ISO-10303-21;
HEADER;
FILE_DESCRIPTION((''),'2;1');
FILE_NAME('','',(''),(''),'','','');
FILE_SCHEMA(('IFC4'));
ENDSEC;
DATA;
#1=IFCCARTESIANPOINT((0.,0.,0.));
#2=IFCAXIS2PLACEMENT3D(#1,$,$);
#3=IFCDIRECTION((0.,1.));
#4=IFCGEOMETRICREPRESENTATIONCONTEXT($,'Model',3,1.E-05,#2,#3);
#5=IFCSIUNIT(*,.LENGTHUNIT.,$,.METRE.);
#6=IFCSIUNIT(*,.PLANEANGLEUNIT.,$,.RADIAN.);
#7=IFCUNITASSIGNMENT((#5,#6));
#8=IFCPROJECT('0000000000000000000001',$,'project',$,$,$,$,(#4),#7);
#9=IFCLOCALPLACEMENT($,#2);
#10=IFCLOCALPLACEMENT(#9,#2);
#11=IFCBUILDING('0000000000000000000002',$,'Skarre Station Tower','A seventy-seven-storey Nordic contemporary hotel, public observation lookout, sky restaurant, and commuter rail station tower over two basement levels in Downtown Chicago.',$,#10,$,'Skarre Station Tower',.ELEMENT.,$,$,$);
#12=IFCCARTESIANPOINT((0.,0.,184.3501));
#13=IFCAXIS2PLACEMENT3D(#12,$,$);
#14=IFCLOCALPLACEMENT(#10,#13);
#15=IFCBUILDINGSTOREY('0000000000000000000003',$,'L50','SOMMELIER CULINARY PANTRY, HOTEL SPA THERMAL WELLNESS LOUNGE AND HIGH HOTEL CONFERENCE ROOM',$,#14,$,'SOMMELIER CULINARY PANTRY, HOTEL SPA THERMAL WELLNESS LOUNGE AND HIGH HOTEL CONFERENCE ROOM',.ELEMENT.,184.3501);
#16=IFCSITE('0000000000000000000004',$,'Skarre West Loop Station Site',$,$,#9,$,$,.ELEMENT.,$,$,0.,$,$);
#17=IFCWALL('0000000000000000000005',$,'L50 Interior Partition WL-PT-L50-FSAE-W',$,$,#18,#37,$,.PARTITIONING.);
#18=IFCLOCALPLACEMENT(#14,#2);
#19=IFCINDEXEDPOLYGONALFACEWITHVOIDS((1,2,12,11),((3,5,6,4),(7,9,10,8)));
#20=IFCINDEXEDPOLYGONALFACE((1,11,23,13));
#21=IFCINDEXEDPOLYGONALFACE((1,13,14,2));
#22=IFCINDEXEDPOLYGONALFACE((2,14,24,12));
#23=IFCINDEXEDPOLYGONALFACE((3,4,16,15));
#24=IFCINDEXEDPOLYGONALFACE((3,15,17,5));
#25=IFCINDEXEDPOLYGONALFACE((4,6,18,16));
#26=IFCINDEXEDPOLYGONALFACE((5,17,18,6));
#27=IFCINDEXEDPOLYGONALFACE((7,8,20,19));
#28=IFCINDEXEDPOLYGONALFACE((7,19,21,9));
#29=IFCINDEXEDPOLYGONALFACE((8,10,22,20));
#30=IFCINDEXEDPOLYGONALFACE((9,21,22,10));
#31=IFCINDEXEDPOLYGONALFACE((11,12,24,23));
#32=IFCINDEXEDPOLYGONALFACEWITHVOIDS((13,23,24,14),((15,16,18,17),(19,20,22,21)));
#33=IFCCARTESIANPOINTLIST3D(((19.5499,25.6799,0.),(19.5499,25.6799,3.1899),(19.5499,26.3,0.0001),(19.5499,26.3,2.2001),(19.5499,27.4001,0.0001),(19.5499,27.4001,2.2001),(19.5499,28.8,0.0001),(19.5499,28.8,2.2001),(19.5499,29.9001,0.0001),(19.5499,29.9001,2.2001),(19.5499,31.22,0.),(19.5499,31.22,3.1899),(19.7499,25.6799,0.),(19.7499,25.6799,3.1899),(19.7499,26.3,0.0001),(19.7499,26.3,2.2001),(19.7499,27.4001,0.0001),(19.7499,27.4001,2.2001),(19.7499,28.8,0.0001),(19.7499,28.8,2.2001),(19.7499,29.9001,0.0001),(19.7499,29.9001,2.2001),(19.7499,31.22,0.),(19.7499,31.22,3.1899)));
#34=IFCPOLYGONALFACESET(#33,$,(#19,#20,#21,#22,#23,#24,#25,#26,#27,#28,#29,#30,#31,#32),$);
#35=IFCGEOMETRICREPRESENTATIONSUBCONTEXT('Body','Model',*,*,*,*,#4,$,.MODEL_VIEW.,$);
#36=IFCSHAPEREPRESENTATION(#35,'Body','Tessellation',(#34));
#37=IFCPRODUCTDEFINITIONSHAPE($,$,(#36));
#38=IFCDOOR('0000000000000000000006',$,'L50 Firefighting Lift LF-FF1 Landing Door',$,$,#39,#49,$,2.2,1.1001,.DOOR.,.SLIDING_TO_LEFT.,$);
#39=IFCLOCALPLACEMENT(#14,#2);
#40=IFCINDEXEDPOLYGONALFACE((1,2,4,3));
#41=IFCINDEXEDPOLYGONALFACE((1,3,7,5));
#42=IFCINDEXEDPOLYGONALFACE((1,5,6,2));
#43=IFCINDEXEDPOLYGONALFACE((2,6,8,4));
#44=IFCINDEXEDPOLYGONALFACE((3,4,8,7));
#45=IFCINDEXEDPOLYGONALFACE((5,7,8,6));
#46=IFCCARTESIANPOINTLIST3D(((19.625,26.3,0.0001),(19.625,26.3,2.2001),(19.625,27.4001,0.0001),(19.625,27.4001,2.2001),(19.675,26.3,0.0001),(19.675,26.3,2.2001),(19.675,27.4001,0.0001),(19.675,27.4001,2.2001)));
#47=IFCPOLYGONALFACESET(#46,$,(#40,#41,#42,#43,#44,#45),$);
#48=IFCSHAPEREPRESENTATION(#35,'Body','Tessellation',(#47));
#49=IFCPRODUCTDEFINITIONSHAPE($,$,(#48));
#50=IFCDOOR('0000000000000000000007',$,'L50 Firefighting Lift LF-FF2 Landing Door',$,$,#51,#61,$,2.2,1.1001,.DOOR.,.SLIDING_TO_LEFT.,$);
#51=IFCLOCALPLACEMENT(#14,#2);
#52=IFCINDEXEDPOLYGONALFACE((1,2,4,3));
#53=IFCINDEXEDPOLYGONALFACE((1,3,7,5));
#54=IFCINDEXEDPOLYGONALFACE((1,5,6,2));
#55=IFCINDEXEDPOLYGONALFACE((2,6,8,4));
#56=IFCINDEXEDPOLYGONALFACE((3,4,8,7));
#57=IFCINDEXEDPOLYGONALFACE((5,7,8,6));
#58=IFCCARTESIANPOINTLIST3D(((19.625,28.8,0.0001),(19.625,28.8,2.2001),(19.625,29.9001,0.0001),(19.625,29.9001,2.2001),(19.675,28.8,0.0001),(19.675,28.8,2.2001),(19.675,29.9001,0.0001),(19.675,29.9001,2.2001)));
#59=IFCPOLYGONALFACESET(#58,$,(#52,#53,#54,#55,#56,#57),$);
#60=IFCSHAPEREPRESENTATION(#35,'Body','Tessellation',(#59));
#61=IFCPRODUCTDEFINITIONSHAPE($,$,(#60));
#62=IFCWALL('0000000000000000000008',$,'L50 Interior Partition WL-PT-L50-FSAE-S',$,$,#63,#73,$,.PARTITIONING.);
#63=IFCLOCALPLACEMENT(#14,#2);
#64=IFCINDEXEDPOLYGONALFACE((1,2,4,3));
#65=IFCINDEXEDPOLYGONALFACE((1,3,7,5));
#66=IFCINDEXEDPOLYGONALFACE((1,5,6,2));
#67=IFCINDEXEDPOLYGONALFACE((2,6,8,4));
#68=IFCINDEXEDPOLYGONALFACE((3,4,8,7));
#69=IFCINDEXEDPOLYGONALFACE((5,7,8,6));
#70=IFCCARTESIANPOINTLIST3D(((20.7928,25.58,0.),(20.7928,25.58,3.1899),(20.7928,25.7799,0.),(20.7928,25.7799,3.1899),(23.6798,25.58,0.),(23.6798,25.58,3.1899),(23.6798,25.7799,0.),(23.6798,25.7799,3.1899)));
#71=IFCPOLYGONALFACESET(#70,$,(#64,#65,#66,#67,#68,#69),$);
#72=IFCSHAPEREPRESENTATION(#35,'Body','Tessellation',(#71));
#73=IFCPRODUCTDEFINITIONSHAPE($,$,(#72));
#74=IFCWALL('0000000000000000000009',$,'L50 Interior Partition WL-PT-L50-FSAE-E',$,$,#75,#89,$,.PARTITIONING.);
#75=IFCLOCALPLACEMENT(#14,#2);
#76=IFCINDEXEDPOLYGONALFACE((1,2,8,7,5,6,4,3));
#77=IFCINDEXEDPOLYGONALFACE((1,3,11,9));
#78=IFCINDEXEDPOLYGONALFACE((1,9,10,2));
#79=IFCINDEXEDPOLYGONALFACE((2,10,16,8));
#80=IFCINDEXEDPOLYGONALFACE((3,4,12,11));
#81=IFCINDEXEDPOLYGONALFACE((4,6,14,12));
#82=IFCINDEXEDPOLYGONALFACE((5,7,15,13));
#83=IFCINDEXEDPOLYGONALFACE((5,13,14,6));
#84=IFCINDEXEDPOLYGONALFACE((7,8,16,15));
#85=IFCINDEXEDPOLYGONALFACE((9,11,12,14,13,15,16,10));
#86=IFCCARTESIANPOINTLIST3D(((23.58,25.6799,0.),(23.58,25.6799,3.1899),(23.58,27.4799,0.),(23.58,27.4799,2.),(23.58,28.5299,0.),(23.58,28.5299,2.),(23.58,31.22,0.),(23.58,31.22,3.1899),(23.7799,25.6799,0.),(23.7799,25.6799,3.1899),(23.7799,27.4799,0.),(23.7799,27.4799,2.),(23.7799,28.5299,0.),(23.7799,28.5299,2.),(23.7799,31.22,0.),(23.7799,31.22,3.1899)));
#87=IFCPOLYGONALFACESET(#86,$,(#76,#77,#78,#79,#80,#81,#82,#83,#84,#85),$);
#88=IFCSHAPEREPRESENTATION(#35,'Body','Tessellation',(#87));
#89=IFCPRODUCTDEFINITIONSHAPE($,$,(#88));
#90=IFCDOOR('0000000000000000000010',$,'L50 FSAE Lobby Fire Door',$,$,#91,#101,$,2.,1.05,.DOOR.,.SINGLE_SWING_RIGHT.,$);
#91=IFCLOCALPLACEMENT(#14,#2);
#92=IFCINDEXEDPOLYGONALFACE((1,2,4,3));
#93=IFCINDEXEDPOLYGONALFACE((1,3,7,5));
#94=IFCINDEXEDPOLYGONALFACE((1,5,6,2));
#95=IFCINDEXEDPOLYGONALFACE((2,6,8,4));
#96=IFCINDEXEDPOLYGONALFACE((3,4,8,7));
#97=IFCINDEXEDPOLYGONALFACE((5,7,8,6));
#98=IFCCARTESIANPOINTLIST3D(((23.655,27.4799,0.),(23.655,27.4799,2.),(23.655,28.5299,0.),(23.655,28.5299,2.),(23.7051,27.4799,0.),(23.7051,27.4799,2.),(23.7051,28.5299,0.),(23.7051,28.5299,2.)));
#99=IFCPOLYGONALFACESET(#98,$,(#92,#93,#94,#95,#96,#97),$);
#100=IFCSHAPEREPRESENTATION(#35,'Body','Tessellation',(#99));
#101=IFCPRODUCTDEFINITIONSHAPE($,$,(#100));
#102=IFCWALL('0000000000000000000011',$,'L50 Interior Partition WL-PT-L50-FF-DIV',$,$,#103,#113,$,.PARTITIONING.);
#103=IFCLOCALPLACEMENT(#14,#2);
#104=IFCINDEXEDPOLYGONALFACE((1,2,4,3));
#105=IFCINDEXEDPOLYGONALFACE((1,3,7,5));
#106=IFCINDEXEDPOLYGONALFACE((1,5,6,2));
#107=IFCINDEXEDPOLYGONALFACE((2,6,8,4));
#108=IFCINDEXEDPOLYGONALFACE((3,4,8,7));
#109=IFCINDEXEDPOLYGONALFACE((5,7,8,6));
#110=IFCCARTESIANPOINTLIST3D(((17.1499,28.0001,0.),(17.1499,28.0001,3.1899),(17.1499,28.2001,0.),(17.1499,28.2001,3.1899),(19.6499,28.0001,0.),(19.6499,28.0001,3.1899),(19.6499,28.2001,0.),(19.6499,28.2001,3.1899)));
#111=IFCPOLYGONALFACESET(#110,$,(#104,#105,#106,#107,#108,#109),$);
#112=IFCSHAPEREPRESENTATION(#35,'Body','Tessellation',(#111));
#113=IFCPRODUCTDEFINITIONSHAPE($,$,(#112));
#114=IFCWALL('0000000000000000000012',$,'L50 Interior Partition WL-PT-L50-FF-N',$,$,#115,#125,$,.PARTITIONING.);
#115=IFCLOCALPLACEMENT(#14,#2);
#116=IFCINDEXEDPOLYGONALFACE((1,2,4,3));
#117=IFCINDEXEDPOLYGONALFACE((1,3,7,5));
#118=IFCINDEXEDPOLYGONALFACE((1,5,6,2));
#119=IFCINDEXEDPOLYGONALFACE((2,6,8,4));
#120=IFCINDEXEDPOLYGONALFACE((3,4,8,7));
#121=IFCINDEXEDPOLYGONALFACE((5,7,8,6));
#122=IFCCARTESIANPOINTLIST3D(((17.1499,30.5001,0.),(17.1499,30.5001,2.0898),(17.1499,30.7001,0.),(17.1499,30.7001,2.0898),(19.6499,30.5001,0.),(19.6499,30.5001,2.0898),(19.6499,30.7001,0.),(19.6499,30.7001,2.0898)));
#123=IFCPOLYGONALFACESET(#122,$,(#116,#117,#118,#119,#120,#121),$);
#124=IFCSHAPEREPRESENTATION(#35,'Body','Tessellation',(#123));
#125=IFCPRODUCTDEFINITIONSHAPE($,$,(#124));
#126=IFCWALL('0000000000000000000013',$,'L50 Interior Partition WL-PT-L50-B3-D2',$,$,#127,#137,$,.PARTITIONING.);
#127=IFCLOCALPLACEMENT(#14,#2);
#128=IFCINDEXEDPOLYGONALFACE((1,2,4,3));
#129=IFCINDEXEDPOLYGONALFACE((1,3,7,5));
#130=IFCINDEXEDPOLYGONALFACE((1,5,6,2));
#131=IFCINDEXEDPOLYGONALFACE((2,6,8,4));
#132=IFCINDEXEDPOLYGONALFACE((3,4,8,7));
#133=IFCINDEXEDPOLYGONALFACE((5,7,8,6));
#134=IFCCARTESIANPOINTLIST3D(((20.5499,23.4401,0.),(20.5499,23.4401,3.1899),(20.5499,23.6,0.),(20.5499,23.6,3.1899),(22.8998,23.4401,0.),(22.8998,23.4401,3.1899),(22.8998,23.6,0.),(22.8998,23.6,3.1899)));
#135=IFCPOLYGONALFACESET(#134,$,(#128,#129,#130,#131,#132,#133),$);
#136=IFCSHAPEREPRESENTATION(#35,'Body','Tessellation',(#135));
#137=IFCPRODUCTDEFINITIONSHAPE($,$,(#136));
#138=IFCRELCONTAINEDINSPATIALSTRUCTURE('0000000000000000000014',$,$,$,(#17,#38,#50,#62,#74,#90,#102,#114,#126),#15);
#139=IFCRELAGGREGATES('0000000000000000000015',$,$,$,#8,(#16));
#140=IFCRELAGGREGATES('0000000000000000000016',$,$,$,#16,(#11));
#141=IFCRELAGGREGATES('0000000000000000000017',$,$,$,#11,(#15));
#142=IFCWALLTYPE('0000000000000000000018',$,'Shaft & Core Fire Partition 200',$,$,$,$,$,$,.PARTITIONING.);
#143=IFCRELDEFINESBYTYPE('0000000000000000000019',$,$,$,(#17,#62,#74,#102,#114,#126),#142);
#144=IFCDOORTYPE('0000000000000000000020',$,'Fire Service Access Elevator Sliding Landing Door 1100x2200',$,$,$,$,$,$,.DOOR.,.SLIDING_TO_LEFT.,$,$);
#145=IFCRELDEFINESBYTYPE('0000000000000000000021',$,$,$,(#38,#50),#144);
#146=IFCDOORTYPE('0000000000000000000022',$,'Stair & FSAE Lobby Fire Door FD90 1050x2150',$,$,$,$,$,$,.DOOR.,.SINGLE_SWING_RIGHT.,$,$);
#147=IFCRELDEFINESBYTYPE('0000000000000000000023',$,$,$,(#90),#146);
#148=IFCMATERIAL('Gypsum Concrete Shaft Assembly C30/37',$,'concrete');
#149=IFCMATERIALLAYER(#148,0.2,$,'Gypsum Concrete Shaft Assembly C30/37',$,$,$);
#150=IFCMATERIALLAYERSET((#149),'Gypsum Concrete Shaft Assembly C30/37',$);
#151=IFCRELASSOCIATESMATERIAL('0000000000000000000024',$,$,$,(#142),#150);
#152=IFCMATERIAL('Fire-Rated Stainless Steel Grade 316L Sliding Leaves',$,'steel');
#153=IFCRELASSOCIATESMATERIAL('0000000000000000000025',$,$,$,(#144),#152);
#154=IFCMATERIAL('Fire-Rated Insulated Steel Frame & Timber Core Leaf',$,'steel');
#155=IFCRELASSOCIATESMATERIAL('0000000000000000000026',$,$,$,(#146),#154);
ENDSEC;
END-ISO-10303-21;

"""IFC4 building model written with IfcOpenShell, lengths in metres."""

from ifc_helpers import new_model, si_unit, direction, frame, frame_2d, origin, place, context, subcontext, project, spatial, rectangle, extrude, material, layer, layer_set, type_object, element, fill, save


model = new_model("IFC4")

# Units and contexts
model_context = context("Model", 3, precision=1e-05, world=origin(), true_north=direction((0.0, 1.0)))
body_context = subcontext(model_context, "Body", "Model", "MODEL_VIEW")
ifc_project = project(units=[si_unit("LENGTHUNIT", "METRE"), si_unit("PLANEANGLEUNIT", "RADIAN")], contexts=[model_context])

# Site, building, storey
site_placement = place(None, origin())
site = spatial("IfcSite", under=ifc_project, at=site_placement, Name="Skarre West Loop Station Site", CompositionType="ELEMENT", RefElevation=0.0)
building_placement = place(site_placement, origin())
building = spatial("IfcBuilding", under=site, at=building_placement, Name="Skarre Station Tower", Description="A seventy-seven-storey Nordic contemporary hotel, public observation lookout, sky restaurant, and commuter rail station tower over two basement levels in Downtown Chicago.", LongName="Skarre Station Tower", CompositionType="ELEMENT")
storey_placement = place(building_placement, frame((0.0, 0.0, 184.3501)))
storey = spatial("IfcBuildingStorey", under=building, at=storey_placement, Name="L50", Description="SOMMELIER CULINARY PANTRY, HOTEL SPA THERMAL WELLNESS LOUNGE AND HIGH HOTEL CONFERENCE ROOM", LongName="SOMMELIER CULINARY PANTRY, HOTEL SPA THERMAL WELLNESS LOUNGE AND HIGH HOTEL CONFERENCE ROOM", CompositionType="ELEMENT", Elevation=184.3501)

# Wall, openings, doors
ifc_material_1 = material(Name="Gypsum Concrete Shaft Assembly C30/37", Category="concrete")
ifc_layer_1 = layer(ifc_material_1, 0.2, Name="Gypsum Concrete Shaft Assembly C30/37")
ifc_layer_set_1 = layer_set([ifc_layer_1], Name="Gypsum Concrete Shaft Assembly C30/37")
wall_type_1 = type_object("IfcWallType", Name="Shaft & Core Fire Partition 200", PredefinedType="PARTITIONING", material=ifc_layer_set_1)
wall_1_placement = place(storey_placement, frame((19.6499, 25.6799, 0.0), z_axis=(0.0, 0.0, 1.0), x_axis=(0.0, 1.0, 0.0)))
wall_1 = element("IfcWall", 1, at=wall_1_placement, inside=storey, type_object=wall_type_1, Name="L50 Interior Partition WL-PT-L50-FSAE-W", PredefinedType="PARTITIONING", context=body_context, shape_type="SweptSolid", body=[
    extrude(rectangle(XDim=5.54, YDim=0.2, at=frame_2d((2.77, 0.0))), origin(), (0.0, 0.0, 1.0), 3.1899),
])
opening_1_placement = place(wall_1_placement, frame((0.6201, 0.0, 0.0)))
opening_1 = element("IfcOpeningElement", 2, at=opening_1_placement, cuts=wall_1, PredefinedType="OPENING", context=body_context, shape_type="SweptSolid", body=[
    extrude(rectangle(XDim=1.1001, YDim=2.2, at=frame_2d((0.55, 1.1001))), frame((0.0, 0.1099, 0.0), z_axis=(0.0, -1.0, 0.0), x_axis=(1.0, 0.0, 0.0)), (0.0, 0.0, 1.0), 0.22),
])
opening_2_placement = place(wall_1_placement, frame((3.1201, 0.0, 0.0)))
opening_2 = element("IfcOpeningElement", 3, at=opening_2_placement, cuts=wall_1, PredefinedType="OPENING", context=body_context, shape_type="SweptSolid", body=[
    extrude(rectangle(XDim=1.1001, YDim=2.2, at=frame_2d((0.55, 1.1001))), frame((0.0, 0.1099, 0.0), z_axis=(0.0, -1.0, 0.0), x_axis=(1.0, 0.0, 0.0)), (0.0, 0.0, 1.0), 0.22),
])
ifc_material_2 = material(Name="Fire-Rated Stainless Steel Grade 316L Sliding Leaves", Category="steel")
door_type_1 = type_object("IfcDoorType", Name="Fire Service Access Elevator Sliding Landing Door 1100x2200", OperationType="SLIDING_TO_LEFT", PredefinedType="DOOR", material=ifc_material_2)
door_1_placement = place(opening_1_placement, origin())
door_1 = element("IfcDoor", 4, at=door_1_placement, inside=storey, type_object=door_type_1, Name="L50 Firefighting Lift LF-FF1 Landing Door", OperationType="SLIDING_TO_LEFT", OverallHeight=2.2, OverallWidth=1.1001, PredefinedType="DOOR", context=body_context, shape_type="SweptSolid", body=[
    extrude(rectangle(XDim=1.1001, YDim=2.2, at=frame_2d((0.55, 1.1001))), frame((0.0, 0.0249, 0.0), z_axis=(0.0, -1.0, 0.0), x_axis=(1.0, 0.0, 0.0)), (0.0, 0.0, 1.0), 0.05),
])
fill(opening_1, door_1)
door_2_placement = place(opening_2_placement, origin())
door_2 = element("IfcDoor", 5, at=door_2_placement, inside=storey, type_object=door_type_1, Name="L50 Firefighting Lift LF-FF2 Landing Door", OperationType="SLIDING_TO_LEFT", OverallHeight=2.2, OverallWidth=1.1001, PredefinedType="DOOR", context=body_context, shape_type="SweptSolid", body=[
    extrude(rectangle(XDim=1.1001, YDim=2.2, at=frame_2d((0.55, 1.1001))), frame((0.0, 0.0249, 0.0), z_axis=(0.0, -1.0, 0.0), x_axis=(1.0, 0.0, 0.0)), (0.0, 0.0, 1.0), 0.05),
])
fill(opening_2, door_2)

# Wall
wall_2_placement = place(storey_placement, frame((20.793, 25.6799, 0.0), z_axis=(0.0, 0.0, 1.0), x_axis=(1.0, 0.0, 0.0)))
element("IfcWall", 6, at=wall_2_placement, inside=storey, type_object=wall_type_1, Name="L50 Interior Partition WL-PT-L50-FSAE-S", PredefinedType="PARTITIONING", context=body_context, shape_type="SweptSolid", body=[
    extrude(rectangle(XDim=2.887, YDim=0.2, at=frame_2d((1.4434, 0.0))), origin(), (0.0, 0.0, 1.0), 3.1899),
])

# Wall, opening, door
wall_3_placement = place(storey_placement, frame((23.6799, 25.6799, 0.0), z_axis=(0.0, 0.0, 1.0), x_axis=(0.0, 1.0, 0.0)))
wall_3 = element("IfcWall", 7, at=wall_3_placement, inside=storey, type_object=wall_type_1, Name="L50 Interior Partition WL-PT-L50-FSAE-E", PredefinedType="PARTITIONING", context=body_context, shape_type="SweptSolid", body=[
    extrude(rectangle(XDim=5.54, YDim=0.2, at=frame_2d((2.77, 0.0))), origin(), (0.0, 0.0, 1.0), 3.1899),
])
opening_3_placement = place(wall_3_placement, frame((1.8, 0.0, 0.0)))
opening_3 = element("IfcOpeningElement", 8, at=opening_3_placement, cuts=wall_3, PredefinedType="OPENING", context=body_context, shape_type="SweptSolid", body=[
    extrude(rectangle(XDim=1.05, YDim=2.0, at=frame_2d((0.5249, 1.0))), frame((0.0, 0.1099, 0.0), z_axis=(0.0, -1.0, 0.0), x_axis=(1.0, 0.0, 0.0)), (0.0, 0.0, 1.0), 0.22),
])
ifc_material_3 = material(Name="Fire-Rated Insulated Steel Frame & Timber Core Leaf", Category="steel")
door_type_2 = type_object("IfcDoorType", Name="Stair & FSAE Lobby Fire Door FD90 1050x2150", OperationType="SINGLE_SWING_RIGHT", PredefinedType="DOOR", material=ifc_material_3)
door_3_placement = place(opening_3_placement, origin())
door_3 = element("IfcDoor", 9, at=door_3_placement, inside=storey, type_object=door_type_2, Name="L50 FSAE Lobby Fire Door", OperationType="SINGLE_SWING_RIGHT", OverallHeight=2.0, OverallWidth=1.05, PredefinedType="DOOR", context=body_context, shape_type="SweptSolid", body=[
    extrude(rectangle(XDim=1.05, YDim=2.0, at=frame_2d((0.5249, 1.0))), frame((0.0, 0.0249, 0.0), z_axis=(0.0, -1.0, 0.0), x_axis=(1.0, 0.0, 0.0)), (0.0, 0.0, 1.0), 0.05),
])
fill(opening_3, door_3)

# Walls
wall_4_placement = place(storey_placement, frame((17.1499, 28.1001, 0.0), z_axis=(0.0, 0.0, 1.0), x_axis=(1.0, 0.0, 0.0)))
element("IfcWall", 10, at=wall_4_placement, inside=storey, type_object=wall_type_1, Name="L50 Interior Partition WL-PT-L50-FF-DIV", PredefinedType="PARTITIONING", context=body_context, shape_type="SweptSolid", body=[
    extrude(rectangle(XDim=2.5, YDim=0.2, at=frame_2d((1.25, 0.0))), origin(), (0.0, 0.0, 1.0), 3.1899),
])
wall_5_placement = place(storey_placement, frame((19.6499, 30.6001, 0.0), z_axis=(0.0, 0.0, 1.0), x_axis=(-1.0, 0.0, 0.0)))
element("IfcWall", 11, at=wall_5_placement, inside=storey, type_object=wall_type_1, Name="L50 Interior Partition WL-PT-L50-FF-N", PredefinedType="PARTITIONING", context=body_context, shape_type="SweptSolid", body=[
    extrude(rectangle(XDim=2.5, YDim=0.2, at=frame_2d((1.25, 0.0))), origin(), (0.0, 0.0, 1.0), 2.0898),
])
wall_6_placement = place(storey_placement, frame((20.55, 23.52, 0.0), z_axis=(0.0, 0.0, 1.0), x_axis=(1.0, 0.0, 0.0)))
element("IfcWall", 12, at=wall_6_placement, inside=storey, type_object=wall_type_1, Name="L50 Interior Partition WL-PT-L50-B3-D2", PredefinedType="PARTITIONING", context=body_context, shape_type="SweptSolid", body=[
    extrude(rectangle(XDim=2.3499, YDim=0.1599, at=frame_2d((1.1748, 0.0))), origin(), (0.0, 0.0, 1.0), 3.1899),
])

save(model, "model.ifc")
